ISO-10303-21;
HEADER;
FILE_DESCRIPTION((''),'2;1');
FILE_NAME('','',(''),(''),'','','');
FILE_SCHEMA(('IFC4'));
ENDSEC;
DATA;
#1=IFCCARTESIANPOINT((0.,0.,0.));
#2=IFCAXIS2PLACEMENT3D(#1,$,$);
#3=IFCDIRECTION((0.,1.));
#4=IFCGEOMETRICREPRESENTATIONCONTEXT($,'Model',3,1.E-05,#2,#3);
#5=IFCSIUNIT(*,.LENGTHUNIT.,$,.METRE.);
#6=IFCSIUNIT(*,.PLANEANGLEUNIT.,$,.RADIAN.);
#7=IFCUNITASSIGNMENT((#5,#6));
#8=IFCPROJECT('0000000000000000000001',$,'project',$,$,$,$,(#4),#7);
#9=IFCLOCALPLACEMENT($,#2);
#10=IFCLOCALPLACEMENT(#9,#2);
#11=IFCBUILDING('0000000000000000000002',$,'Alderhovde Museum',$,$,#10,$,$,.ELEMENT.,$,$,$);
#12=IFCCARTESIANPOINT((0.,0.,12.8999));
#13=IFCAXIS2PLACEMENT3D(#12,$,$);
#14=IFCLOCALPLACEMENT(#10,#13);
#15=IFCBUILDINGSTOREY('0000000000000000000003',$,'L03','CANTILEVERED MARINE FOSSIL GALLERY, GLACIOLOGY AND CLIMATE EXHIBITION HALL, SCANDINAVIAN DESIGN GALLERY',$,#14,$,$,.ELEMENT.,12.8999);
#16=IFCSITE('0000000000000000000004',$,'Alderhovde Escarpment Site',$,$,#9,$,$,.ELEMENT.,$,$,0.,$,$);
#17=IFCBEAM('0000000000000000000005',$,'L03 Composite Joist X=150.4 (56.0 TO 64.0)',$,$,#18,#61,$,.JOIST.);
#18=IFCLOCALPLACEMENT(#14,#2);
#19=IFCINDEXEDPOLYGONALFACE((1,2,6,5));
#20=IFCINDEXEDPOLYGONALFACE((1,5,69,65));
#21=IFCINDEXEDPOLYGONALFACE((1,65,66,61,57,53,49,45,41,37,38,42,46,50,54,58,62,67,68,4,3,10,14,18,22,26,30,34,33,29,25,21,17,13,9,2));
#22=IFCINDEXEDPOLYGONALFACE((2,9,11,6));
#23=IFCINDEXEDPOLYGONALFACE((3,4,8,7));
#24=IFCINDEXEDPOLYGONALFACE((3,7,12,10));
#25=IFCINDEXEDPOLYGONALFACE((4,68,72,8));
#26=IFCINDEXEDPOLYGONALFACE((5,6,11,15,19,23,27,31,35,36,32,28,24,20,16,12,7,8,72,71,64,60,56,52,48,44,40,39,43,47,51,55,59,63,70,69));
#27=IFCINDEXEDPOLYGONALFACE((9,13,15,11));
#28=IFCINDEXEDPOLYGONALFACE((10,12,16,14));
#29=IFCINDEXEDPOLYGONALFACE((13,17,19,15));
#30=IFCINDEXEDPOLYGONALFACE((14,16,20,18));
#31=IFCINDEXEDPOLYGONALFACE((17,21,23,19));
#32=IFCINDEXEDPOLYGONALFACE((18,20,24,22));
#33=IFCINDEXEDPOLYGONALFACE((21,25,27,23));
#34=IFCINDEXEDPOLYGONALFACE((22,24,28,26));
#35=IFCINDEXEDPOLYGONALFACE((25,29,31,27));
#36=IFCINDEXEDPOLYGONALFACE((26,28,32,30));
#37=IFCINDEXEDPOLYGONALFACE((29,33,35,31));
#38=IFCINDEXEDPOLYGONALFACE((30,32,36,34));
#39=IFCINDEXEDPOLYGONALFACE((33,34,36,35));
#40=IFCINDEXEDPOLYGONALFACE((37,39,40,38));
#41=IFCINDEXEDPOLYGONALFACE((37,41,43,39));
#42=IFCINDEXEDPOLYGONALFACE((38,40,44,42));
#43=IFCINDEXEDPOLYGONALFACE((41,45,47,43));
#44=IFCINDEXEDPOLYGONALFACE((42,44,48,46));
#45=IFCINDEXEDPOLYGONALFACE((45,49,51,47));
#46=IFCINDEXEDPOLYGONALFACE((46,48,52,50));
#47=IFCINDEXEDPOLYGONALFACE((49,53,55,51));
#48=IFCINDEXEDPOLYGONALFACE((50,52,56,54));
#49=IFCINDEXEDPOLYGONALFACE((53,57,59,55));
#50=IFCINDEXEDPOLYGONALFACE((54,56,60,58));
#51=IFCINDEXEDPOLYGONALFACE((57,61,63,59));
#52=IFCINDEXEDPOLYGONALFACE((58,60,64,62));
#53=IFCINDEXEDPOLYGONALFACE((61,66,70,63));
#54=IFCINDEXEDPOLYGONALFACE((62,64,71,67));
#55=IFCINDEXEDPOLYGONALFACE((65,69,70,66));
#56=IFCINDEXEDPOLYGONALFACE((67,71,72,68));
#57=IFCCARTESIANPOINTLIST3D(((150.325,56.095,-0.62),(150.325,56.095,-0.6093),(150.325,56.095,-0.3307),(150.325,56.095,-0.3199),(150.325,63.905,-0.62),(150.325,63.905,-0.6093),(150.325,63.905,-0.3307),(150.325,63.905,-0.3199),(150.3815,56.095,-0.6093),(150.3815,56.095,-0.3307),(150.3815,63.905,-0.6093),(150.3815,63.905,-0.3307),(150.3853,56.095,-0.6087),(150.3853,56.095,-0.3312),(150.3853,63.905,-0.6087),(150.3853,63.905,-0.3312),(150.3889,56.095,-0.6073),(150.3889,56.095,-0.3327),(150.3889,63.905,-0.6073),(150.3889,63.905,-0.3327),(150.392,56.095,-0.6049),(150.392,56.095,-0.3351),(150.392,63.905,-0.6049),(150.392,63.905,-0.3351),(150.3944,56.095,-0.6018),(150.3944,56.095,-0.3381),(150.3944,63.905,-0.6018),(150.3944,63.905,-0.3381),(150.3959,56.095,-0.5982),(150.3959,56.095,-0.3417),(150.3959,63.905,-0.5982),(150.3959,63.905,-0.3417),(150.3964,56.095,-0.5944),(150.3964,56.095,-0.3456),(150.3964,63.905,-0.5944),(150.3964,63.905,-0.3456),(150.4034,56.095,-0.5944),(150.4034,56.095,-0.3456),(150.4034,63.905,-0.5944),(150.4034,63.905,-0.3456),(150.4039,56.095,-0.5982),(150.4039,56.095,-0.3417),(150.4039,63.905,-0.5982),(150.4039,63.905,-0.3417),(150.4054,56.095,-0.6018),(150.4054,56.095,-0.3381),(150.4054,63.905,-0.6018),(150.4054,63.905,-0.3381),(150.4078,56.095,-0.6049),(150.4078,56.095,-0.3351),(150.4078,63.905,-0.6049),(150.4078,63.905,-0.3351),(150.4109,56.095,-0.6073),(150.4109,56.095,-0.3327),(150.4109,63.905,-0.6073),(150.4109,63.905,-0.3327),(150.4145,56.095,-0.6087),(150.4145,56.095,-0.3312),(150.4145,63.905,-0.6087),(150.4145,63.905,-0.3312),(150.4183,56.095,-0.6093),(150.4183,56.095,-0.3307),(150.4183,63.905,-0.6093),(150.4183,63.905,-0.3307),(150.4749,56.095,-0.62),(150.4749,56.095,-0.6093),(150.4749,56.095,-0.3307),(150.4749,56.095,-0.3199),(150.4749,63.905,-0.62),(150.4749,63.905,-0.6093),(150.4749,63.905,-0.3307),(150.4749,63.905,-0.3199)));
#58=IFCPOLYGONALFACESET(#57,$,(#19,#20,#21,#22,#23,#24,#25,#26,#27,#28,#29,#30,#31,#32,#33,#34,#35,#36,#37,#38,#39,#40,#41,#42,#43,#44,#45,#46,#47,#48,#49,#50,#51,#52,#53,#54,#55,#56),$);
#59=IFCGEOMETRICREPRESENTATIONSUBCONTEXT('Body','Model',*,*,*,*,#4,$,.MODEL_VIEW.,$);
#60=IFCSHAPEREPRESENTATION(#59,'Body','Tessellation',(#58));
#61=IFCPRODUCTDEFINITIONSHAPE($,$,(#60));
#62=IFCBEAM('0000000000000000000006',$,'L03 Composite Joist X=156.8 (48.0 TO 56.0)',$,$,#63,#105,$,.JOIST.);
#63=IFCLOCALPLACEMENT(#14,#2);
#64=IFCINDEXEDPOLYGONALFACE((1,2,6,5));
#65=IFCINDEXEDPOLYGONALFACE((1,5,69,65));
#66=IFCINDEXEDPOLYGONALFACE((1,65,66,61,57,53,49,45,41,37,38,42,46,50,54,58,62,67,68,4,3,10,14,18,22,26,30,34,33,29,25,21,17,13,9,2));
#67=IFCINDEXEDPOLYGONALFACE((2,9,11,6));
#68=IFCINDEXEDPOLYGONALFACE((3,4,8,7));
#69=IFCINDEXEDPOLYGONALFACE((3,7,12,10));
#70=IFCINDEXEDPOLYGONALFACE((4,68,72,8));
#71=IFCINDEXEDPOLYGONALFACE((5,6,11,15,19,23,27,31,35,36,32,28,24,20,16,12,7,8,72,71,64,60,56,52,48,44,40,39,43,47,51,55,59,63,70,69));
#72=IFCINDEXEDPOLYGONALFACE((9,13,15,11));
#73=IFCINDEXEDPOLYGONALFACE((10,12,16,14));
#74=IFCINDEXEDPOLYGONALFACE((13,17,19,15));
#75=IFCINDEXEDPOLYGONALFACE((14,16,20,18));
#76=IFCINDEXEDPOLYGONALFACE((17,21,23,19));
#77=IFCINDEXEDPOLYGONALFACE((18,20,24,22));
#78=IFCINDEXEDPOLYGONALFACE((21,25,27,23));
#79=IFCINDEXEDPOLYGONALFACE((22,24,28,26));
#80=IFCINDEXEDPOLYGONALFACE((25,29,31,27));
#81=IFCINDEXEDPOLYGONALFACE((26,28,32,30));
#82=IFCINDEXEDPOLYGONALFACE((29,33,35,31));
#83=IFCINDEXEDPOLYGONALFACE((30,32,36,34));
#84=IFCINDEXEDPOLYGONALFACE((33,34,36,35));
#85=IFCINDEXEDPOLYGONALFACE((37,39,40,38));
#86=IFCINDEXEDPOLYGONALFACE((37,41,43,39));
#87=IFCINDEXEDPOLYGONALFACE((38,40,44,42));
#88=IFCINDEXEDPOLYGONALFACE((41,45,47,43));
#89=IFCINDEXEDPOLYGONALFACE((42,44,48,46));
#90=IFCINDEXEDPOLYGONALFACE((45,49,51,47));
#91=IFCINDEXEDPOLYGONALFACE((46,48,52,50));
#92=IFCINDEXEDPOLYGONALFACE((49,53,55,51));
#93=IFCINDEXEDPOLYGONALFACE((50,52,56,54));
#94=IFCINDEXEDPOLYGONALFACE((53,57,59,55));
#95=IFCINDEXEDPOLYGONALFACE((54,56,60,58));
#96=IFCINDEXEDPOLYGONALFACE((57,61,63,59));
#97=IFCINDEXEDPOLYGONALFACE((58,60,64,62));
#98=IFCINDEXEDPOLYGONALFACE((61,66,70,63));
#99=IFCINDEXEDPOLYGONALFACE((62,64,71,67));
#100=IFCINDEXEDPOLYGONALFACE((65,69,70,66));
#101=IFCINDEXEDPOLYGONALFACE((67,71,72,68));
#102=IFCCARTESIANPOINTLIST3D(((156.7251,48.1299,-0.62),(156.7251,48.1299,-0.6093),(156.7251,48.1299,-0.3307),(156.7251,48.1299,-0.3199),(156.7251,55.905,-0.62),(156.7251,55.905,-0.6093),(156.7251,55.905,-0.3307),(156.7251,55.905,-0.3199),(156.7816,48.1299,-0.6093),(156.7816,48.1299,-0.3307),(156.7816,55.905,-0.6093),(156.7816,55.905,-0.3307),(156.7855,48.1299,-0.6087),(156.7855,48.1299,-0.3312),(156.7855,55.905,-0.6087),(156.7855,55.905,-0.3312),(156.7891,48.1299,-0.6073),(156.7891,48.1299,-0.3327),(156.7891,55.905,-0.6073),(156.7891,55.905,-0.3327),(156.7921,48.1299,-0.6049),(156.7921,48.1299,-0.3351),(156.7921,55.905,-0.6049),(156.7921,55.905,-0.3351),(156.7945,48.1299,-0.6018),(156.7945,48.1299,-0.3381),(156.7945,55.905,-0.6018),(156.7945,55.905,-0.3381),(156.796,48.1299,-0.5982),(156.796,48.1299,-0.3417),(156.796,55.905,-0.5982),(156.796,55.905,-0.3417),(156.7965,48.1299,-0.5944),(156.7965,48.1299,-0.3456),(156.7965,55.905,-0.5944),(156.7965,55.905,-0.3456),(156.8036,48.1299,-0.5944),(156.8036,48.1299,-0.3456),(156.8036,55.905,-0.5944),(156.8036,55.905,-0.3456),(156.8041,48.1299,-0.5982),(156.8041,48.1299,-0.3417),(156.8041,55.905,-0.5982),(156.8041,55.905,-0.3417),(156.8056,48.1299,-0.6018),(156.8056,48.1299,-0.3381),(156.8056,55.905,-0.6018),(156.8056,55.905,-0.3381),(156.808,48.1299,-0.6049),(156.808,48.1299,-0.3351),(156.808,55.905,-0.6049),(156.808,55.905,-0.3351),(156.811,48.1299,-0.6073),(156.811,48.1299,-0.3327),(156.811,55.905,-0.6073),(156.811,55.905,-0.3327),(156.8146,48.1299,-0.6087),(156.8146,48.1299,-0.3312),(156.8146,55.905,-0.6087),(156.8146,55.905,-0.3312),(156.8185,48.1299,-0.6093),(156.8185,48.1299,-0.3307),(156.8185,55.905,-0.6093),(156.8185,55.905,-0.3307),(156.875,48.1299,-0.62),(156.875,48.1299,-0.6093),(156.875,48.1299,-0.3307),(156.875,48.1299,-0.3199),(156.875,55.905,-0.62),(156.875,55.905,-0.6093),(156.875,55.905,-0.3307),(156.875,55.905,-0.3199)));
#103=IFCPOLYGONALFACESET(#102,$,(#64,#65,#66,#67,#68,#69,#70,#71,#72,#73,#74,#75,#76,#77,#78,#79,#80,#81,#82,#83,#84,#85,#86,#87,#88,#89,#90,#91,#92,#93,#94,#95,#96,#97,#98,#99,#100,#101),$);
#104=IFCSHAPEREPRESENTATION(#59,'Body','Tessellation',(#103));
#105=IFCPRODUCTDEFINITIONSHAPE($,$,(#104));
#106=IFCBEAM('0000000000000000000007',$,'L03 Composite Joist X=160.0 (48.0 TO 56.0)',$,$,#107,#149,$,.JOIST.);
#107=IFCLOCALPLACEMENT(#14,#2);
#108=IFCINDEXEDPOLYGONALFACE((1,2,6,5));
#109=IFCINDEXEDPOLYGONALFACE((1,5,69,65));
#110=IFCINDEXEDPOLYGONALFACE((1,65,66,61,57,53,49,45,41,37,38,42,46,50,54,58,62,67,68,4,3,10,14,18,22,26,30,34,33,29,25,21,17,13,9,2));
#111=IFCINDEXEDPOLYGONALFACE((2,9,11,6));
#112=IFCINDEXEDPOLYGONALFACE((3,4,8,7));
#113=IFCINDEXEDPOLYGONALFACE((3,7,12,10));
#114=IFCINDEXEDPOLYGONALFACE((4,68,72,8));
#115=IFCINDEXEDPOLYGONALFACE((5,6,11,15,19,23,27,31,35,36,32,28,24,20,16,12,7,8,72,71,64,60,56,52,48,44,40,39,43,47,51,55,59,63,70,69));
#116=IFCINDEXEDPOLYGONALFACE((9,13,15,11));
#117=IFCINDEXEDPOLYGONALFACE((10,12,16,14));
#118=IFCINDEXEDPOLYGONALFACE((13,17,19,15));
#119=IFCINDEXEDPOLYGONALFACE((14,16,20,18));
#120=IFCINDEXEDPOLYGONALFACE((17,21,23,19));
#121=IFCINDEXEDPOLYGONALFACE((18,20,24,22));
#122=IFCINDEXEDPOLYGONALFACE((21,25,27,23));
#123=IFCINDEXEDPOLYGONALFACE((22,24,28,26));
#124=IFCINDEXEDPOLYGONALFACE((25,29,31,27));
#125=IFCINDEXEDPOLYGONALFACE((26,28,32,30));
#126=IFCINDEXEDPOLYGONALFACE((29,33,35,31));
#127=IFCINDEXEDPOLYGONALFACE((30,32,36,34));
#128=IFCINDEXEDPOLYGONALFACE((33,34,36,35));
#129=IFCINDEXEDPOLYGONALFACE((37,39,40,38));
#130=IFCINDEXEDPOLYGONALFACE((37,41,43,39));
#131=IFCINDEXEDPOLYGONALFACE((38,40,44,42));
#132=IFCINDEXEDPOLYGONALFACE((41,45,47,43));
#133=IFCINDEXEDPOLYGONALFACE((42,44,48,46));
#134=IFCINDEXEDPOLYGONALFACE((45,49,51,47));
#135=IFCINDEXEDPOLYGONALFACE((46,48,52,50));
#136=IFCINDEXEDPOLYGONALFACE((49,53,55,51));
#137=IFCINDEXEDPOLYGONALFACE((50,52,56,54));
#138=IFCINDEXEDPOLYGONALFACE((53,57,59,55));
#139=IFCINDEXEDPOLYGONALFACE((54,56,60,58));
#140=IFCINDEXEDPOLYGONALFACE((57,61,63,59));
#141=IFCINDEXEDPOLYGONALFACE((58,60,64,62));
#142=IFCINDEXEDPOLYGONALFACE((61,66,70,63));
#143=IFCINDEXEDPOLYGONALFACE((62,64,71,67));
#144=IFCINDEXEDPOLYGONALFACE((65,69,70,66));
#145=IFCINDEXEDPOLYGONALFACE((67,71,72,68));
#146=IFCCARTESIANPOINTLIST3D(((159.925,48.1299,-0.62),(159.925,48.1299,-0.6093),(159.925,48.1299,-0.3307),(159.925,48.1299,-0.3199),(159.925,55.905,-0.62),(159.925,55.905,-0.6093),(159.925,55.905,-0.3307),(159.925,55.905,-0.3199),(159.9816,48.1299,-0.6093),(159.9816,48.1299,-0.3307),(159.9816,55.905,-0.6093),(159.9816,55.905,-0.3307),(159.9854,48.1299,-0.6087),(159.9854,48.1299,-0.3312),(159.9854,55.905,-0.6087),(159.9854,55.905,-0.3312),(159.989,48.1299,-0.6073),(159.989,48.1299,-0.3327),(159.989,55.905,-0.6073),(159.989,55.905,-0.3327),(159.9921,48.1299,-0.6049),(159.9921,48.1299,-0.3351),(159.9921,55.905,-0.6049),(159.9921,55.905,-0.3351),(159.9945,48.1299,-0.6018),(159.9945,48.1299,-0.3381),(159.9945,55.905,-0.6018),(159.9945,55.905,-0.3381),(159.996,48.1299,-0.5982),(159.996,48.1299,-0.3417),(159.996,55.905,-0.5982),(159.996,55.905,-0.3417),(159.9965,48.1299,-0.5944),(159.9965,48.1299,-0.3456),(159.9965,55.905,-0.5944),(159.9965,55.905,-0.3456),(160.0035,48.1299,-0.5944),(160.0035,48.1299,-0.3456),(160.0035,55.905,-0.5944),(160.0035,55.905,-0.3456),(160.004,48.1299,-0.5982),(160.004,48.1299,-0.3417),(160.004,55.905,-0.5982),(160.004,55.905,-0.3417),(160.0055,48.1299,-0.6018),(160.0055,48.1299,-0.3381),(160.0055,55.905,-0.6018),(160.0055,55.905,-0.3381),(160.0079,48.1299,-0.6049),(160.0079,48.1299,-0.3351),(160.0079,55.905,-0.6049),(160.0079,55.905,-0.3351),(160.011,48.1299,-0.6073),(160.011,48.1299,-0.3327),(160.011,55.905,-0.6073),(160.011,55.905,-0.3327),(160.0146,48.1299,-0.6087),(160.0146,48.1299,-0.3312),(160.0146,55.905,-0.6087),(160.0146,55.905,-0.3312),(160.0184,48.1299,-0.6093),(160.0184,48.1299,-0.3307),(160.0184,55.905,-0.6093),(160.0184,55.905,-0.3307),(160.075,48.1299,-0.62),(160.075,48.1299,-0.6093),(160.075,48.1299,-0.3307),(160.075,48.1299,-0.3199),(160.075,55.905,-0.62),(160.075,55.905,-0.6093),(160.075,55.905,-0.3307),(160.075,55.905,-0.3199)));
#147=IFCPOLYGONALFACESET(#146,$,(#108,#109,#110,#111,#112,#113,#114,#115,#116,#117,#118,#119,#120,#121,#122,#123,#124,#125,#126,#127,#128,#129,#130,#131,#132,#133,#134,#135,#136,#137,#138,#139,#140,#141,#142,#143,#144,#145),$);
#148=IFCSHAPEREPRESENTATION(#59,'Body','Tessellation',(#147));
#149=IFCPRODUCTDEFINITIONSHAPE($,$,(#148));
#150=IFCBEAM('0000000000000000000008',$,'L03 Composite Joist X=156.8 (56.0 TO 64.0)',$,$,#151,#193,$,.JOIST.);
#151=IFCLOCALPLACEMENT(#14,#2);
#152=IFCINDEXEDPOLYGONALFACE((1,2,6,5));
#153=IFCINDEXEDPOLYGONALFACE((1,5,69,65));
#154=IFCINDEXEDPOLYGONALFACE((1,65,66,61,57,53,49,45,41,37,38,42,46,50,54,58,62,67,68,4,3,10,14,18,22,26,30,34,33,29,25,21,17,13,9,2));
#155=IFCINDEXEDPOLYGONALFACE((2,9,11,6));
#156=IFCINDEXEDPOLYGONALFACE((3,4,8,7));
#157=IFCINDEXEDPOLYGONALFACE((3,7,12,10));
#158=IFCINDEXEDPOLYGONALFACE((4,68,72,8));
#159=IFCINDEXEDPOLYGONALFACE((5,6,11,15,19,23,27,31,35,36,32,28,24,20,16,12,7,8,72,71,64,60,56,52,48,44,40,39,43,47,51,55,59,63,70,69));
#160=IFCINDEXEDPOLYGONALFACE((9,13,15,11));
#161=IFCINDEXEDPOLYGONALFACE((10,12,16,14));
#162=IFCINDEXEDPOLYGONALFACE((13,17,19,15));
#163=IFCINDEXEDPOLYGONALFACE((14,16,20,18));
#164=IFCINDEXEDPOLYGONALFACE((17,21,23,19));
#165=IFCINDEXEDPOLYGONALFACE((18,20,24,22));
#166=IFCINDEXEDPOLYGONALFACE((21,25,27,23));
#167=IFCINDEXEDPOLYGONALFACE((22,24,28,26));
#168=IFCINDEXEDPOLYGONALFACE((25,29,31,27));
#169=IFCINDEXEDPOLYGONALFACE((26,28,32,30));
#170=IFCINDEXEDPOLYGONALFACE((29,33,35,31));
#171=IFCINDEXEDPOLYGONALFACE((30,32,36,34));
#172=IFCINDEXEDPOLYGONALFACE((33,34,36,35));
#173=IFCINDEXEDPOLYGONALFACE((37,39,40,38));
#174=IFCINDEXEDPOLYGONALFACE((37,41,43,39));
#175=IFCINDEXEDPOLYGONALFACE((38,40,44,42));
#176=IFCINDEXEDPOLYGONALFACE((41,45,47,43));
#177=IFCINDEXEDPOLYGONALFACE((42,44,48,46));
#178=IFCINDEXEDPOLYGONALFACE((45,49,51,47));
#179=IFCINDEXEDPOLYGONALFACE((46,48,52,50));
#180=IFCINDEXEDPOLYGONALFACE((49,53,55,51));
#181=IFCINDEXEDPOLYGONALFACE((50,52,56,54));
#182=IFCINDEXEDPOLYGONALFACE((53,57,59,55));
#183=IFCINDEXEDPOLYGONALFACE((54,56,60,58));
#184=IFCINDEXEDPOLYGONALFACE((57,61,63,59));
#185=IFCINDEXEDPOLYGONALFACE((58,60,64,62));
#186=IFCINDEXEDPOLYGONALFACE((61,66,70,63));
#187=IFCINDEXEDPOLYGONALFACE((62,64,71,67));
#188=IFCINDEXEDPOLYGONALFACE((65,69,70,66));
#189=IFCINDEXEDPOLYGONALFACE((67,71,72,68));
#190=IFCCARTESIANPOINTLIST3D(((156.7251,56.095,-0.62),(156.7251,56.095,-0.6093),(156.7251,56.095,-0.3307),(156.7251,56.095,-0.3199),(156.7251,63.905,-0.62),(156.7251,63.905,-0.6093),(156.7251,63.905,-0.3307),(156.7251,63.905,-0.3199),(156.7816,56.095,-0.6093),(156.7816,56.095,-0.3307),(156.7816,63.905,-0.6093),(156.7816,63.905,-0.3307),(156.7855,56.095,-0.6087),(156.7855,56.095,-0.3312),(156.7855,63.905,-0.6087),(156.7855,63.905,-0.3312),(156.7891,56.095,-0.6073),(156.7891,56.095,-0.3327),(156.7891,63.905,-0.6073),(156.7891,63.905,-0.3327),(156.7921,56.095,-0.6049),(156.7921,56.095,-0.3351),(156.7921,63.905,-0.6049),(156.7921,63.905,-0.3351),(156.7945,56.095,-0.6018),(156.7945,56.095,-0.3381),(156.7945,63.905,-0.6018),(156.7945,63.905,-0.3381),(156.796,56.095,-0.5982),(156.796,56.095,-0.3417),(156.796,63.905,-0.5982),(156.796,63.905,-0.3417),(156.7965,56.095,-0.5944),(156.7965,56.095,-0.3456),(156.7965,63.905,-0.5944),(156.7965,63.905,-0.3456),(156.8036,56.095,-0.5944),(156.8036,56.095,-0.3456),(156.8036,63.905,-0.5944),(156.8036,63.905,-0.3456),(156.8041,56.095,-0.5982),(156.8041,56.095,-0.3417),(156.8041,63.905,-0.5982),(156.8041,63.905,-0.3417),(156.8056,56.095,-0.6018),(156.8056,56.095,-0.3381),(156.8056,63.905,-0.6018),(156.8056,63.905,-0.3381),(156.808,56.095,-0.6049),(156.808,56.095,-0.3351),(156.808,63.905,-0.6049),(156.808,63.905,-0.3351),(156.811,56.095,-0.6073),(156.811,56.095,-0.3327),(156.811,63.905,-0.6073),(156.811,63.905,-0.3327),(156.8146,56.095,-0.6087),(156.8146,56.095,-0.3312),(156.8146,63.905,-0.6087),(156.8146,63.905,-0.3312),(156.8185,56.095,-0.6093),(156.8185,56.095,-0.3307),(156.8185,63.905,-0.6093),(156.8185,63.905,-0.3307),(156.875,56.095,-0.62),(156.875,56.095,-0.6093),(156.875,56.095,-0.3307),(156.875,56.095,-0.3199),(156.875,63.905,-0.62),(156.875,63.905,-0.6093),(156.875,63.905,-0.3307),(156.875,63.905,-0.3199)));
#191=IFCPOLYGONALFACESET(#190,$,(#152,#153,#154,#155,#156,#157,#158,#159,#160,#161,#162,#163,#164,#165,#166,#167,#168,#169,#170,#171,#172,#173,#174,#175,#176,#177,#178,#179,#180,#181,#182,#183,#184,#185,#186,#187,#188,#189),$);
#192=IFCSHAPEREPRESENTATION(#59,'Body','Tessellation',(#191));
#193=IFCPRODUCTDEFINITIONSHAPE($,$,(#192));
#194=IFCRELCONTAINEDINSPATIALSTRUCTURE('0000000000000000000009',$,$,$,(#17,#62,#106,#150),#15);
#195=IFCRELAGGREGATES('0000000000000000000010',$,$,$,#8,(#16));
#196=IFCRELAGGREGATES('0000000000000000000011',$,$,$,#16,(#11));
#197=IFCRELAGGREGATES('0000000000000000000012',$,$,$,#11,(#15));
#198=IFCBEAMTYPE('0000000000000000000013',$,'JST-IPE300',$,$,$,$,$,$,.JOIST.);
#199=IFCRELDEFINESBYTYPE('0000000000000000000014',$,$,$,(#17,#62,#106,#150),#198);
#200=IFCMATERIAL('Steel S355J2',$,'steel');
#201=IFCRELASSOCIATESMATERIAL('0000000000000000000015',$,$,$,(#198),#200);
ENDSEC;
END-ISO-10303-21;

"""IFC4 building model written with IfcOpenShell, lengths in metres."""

from ifc_helpers import new_model, si_unit, direction, frame, origin, origin_2d, place, context, subcontext, project, spatial, i_section, extrude, material, material_profile, profile_set, type_object, element, save


model = new_model("IFC4")

# Units and contexts
model_context = context("Model", 3, precision=1e-05, world=origin(), true_north=direction((0.0, 1.0)))
body_context = subcontext(model_context, "Body", "Model", "MODEL_VIEW")
ifc_project = project(units=[si_unit("LENGTHUNIT", "METRE"), si_unit("PLANEANGLEUNIT", "RADIAN")], contexts=[model_context])

# Site, building, storey
site_placement = place(None, origin())
site = spatial("IfcSite", under=ifc_project, at=site_placement, Name="Alderhovde Escarpment Site", CompositionType="ELEMENT", RefElevation=0.0)
building_placement = place(site_placement, origin())
building = spatial("IfcBuilding", under=site, at=building_placement, Name="Alderhovde Museum", CompositionType="ELEMENT")
storey_placement = place(building_placement, frame((0.0, 0.0, 12.8999)))
storey = spatial("IfcBuildingStorey", under=building, at=storey_placement, Name="L03", Description="CANTILEVERED MARINE FOSSIL GALLERY, GLACIOLOGY AND CLIMATE EXHIBITION HALL, SCANDINAVIAN DESIGN GALLERY", CompositionType="ELEMENT", Elevation=12.8999)

# Beams
ifc_material_1 = material(Name="Steel S355J2", Category="steel")
ifc_material_profile_1 = material_profile(ifc_material_1, i_section(OverallWidth=0.1499, OverallDepth=0.3, WebThickness=0.0071, FlangeThickness=0.0107, FilletRadius=0.0149, at=origin_2d()), Name="IPE 300")
ifc_profile_set_1 = profile_set([ifc_material_profile_1], Name="Steel S355J2")
beam_type_1 = type_object("IfcBeamType", Name="JST-IPE300", PredefinedType="JOIST", material=ifc_profile_set_1)
for number, where, z_axis, x_axis, name in (
    (1, (150.3999, 56.095, -0.47), (0.0, 1.0, 0.0), (-1.0, 0.0, 0.0), "L03 Composite Joist X=150.4 (56.0 TO 64.0)"),
):
    element("IfcBeam", number, at=place(storey_placement, frame(where, z_axis=z_axis, x_axis=x_axis)), inside=storey, type_object=beam_type_1, Name=name, PredefinedType="JOIST", context=body_context, shape_type="SweptSolid", body=[
        extrude(i_section(OverallWidth=0.1499, OverallDepth=0.3, WebThickness=0.0071, FlangeThickness=0.0107, FilletRadius=0.0149, at=origin_2d()), origin(), (0.0, 0.0, 1.0), 7.8101),
    ])
for number, where, z_axis, x_axis, name in (
    (2, (156.8, 48.1299, -0.47), (0.0, 1.0, 0.0), (-1.0, 0.0, 0.0), "L03 Composite Joist X=156.8 (48.0 TO 56.0)"),
    (3, (160.0, 48.1299, -0.47), (0.0, 1.0, 0.0), (-1.0, 0.0, 0.0), "L03 Composite Joist X=160.0 (48.0 TO 56.0)"),
):
    element("IfcBeam", number, at=place(storey_placement, frame(where, z_axis=z_axis, x_axis=x_axis)), inside=storey, type_object=beam_type_1, Name=name, PredefinedType="JOIST", context=body_context, shape_type="SweptSolid", body=[
        extrude(i_section(OverallWidth=0.1499, OverallDepth=0.3, WebThickness=0.0071, FlangeThickness=0.0107, FilletRadius=0.0149, at=origin_2d()), origin(), (0.0, 0.0, 1.0), 7.7751),
    ])
for number, where, z_axis, x_axis, name in (
    (4, (156.8, 56.095, -0.47), (0.0, 1.0, 0.0), (-1.0, 0.0, 0.0), "L03 Composite Joist X=156.8 (56.0 TO 64.0)"),
):
    element("IfcBeam", number, at=place(storey_placement, frame(where, z_axis=z_axis, x_axis=x_axis)), inside=storey, type_object=beam_type_1, Name=name, PredefinedType="JOIST", context=body_context, shape_type="SweptSolid", body=[
        extrude(i_section(OverallWidth=0.1499, OverallDepth=0.3, WebThickness=0.0071, FlangeThickness=0.0107, FilletRadius=0.0149, at=origin_2d()), origin(), (0.0, 0.0, 1.0), 7.8101),
    ])

save(model, "model.ifc")
